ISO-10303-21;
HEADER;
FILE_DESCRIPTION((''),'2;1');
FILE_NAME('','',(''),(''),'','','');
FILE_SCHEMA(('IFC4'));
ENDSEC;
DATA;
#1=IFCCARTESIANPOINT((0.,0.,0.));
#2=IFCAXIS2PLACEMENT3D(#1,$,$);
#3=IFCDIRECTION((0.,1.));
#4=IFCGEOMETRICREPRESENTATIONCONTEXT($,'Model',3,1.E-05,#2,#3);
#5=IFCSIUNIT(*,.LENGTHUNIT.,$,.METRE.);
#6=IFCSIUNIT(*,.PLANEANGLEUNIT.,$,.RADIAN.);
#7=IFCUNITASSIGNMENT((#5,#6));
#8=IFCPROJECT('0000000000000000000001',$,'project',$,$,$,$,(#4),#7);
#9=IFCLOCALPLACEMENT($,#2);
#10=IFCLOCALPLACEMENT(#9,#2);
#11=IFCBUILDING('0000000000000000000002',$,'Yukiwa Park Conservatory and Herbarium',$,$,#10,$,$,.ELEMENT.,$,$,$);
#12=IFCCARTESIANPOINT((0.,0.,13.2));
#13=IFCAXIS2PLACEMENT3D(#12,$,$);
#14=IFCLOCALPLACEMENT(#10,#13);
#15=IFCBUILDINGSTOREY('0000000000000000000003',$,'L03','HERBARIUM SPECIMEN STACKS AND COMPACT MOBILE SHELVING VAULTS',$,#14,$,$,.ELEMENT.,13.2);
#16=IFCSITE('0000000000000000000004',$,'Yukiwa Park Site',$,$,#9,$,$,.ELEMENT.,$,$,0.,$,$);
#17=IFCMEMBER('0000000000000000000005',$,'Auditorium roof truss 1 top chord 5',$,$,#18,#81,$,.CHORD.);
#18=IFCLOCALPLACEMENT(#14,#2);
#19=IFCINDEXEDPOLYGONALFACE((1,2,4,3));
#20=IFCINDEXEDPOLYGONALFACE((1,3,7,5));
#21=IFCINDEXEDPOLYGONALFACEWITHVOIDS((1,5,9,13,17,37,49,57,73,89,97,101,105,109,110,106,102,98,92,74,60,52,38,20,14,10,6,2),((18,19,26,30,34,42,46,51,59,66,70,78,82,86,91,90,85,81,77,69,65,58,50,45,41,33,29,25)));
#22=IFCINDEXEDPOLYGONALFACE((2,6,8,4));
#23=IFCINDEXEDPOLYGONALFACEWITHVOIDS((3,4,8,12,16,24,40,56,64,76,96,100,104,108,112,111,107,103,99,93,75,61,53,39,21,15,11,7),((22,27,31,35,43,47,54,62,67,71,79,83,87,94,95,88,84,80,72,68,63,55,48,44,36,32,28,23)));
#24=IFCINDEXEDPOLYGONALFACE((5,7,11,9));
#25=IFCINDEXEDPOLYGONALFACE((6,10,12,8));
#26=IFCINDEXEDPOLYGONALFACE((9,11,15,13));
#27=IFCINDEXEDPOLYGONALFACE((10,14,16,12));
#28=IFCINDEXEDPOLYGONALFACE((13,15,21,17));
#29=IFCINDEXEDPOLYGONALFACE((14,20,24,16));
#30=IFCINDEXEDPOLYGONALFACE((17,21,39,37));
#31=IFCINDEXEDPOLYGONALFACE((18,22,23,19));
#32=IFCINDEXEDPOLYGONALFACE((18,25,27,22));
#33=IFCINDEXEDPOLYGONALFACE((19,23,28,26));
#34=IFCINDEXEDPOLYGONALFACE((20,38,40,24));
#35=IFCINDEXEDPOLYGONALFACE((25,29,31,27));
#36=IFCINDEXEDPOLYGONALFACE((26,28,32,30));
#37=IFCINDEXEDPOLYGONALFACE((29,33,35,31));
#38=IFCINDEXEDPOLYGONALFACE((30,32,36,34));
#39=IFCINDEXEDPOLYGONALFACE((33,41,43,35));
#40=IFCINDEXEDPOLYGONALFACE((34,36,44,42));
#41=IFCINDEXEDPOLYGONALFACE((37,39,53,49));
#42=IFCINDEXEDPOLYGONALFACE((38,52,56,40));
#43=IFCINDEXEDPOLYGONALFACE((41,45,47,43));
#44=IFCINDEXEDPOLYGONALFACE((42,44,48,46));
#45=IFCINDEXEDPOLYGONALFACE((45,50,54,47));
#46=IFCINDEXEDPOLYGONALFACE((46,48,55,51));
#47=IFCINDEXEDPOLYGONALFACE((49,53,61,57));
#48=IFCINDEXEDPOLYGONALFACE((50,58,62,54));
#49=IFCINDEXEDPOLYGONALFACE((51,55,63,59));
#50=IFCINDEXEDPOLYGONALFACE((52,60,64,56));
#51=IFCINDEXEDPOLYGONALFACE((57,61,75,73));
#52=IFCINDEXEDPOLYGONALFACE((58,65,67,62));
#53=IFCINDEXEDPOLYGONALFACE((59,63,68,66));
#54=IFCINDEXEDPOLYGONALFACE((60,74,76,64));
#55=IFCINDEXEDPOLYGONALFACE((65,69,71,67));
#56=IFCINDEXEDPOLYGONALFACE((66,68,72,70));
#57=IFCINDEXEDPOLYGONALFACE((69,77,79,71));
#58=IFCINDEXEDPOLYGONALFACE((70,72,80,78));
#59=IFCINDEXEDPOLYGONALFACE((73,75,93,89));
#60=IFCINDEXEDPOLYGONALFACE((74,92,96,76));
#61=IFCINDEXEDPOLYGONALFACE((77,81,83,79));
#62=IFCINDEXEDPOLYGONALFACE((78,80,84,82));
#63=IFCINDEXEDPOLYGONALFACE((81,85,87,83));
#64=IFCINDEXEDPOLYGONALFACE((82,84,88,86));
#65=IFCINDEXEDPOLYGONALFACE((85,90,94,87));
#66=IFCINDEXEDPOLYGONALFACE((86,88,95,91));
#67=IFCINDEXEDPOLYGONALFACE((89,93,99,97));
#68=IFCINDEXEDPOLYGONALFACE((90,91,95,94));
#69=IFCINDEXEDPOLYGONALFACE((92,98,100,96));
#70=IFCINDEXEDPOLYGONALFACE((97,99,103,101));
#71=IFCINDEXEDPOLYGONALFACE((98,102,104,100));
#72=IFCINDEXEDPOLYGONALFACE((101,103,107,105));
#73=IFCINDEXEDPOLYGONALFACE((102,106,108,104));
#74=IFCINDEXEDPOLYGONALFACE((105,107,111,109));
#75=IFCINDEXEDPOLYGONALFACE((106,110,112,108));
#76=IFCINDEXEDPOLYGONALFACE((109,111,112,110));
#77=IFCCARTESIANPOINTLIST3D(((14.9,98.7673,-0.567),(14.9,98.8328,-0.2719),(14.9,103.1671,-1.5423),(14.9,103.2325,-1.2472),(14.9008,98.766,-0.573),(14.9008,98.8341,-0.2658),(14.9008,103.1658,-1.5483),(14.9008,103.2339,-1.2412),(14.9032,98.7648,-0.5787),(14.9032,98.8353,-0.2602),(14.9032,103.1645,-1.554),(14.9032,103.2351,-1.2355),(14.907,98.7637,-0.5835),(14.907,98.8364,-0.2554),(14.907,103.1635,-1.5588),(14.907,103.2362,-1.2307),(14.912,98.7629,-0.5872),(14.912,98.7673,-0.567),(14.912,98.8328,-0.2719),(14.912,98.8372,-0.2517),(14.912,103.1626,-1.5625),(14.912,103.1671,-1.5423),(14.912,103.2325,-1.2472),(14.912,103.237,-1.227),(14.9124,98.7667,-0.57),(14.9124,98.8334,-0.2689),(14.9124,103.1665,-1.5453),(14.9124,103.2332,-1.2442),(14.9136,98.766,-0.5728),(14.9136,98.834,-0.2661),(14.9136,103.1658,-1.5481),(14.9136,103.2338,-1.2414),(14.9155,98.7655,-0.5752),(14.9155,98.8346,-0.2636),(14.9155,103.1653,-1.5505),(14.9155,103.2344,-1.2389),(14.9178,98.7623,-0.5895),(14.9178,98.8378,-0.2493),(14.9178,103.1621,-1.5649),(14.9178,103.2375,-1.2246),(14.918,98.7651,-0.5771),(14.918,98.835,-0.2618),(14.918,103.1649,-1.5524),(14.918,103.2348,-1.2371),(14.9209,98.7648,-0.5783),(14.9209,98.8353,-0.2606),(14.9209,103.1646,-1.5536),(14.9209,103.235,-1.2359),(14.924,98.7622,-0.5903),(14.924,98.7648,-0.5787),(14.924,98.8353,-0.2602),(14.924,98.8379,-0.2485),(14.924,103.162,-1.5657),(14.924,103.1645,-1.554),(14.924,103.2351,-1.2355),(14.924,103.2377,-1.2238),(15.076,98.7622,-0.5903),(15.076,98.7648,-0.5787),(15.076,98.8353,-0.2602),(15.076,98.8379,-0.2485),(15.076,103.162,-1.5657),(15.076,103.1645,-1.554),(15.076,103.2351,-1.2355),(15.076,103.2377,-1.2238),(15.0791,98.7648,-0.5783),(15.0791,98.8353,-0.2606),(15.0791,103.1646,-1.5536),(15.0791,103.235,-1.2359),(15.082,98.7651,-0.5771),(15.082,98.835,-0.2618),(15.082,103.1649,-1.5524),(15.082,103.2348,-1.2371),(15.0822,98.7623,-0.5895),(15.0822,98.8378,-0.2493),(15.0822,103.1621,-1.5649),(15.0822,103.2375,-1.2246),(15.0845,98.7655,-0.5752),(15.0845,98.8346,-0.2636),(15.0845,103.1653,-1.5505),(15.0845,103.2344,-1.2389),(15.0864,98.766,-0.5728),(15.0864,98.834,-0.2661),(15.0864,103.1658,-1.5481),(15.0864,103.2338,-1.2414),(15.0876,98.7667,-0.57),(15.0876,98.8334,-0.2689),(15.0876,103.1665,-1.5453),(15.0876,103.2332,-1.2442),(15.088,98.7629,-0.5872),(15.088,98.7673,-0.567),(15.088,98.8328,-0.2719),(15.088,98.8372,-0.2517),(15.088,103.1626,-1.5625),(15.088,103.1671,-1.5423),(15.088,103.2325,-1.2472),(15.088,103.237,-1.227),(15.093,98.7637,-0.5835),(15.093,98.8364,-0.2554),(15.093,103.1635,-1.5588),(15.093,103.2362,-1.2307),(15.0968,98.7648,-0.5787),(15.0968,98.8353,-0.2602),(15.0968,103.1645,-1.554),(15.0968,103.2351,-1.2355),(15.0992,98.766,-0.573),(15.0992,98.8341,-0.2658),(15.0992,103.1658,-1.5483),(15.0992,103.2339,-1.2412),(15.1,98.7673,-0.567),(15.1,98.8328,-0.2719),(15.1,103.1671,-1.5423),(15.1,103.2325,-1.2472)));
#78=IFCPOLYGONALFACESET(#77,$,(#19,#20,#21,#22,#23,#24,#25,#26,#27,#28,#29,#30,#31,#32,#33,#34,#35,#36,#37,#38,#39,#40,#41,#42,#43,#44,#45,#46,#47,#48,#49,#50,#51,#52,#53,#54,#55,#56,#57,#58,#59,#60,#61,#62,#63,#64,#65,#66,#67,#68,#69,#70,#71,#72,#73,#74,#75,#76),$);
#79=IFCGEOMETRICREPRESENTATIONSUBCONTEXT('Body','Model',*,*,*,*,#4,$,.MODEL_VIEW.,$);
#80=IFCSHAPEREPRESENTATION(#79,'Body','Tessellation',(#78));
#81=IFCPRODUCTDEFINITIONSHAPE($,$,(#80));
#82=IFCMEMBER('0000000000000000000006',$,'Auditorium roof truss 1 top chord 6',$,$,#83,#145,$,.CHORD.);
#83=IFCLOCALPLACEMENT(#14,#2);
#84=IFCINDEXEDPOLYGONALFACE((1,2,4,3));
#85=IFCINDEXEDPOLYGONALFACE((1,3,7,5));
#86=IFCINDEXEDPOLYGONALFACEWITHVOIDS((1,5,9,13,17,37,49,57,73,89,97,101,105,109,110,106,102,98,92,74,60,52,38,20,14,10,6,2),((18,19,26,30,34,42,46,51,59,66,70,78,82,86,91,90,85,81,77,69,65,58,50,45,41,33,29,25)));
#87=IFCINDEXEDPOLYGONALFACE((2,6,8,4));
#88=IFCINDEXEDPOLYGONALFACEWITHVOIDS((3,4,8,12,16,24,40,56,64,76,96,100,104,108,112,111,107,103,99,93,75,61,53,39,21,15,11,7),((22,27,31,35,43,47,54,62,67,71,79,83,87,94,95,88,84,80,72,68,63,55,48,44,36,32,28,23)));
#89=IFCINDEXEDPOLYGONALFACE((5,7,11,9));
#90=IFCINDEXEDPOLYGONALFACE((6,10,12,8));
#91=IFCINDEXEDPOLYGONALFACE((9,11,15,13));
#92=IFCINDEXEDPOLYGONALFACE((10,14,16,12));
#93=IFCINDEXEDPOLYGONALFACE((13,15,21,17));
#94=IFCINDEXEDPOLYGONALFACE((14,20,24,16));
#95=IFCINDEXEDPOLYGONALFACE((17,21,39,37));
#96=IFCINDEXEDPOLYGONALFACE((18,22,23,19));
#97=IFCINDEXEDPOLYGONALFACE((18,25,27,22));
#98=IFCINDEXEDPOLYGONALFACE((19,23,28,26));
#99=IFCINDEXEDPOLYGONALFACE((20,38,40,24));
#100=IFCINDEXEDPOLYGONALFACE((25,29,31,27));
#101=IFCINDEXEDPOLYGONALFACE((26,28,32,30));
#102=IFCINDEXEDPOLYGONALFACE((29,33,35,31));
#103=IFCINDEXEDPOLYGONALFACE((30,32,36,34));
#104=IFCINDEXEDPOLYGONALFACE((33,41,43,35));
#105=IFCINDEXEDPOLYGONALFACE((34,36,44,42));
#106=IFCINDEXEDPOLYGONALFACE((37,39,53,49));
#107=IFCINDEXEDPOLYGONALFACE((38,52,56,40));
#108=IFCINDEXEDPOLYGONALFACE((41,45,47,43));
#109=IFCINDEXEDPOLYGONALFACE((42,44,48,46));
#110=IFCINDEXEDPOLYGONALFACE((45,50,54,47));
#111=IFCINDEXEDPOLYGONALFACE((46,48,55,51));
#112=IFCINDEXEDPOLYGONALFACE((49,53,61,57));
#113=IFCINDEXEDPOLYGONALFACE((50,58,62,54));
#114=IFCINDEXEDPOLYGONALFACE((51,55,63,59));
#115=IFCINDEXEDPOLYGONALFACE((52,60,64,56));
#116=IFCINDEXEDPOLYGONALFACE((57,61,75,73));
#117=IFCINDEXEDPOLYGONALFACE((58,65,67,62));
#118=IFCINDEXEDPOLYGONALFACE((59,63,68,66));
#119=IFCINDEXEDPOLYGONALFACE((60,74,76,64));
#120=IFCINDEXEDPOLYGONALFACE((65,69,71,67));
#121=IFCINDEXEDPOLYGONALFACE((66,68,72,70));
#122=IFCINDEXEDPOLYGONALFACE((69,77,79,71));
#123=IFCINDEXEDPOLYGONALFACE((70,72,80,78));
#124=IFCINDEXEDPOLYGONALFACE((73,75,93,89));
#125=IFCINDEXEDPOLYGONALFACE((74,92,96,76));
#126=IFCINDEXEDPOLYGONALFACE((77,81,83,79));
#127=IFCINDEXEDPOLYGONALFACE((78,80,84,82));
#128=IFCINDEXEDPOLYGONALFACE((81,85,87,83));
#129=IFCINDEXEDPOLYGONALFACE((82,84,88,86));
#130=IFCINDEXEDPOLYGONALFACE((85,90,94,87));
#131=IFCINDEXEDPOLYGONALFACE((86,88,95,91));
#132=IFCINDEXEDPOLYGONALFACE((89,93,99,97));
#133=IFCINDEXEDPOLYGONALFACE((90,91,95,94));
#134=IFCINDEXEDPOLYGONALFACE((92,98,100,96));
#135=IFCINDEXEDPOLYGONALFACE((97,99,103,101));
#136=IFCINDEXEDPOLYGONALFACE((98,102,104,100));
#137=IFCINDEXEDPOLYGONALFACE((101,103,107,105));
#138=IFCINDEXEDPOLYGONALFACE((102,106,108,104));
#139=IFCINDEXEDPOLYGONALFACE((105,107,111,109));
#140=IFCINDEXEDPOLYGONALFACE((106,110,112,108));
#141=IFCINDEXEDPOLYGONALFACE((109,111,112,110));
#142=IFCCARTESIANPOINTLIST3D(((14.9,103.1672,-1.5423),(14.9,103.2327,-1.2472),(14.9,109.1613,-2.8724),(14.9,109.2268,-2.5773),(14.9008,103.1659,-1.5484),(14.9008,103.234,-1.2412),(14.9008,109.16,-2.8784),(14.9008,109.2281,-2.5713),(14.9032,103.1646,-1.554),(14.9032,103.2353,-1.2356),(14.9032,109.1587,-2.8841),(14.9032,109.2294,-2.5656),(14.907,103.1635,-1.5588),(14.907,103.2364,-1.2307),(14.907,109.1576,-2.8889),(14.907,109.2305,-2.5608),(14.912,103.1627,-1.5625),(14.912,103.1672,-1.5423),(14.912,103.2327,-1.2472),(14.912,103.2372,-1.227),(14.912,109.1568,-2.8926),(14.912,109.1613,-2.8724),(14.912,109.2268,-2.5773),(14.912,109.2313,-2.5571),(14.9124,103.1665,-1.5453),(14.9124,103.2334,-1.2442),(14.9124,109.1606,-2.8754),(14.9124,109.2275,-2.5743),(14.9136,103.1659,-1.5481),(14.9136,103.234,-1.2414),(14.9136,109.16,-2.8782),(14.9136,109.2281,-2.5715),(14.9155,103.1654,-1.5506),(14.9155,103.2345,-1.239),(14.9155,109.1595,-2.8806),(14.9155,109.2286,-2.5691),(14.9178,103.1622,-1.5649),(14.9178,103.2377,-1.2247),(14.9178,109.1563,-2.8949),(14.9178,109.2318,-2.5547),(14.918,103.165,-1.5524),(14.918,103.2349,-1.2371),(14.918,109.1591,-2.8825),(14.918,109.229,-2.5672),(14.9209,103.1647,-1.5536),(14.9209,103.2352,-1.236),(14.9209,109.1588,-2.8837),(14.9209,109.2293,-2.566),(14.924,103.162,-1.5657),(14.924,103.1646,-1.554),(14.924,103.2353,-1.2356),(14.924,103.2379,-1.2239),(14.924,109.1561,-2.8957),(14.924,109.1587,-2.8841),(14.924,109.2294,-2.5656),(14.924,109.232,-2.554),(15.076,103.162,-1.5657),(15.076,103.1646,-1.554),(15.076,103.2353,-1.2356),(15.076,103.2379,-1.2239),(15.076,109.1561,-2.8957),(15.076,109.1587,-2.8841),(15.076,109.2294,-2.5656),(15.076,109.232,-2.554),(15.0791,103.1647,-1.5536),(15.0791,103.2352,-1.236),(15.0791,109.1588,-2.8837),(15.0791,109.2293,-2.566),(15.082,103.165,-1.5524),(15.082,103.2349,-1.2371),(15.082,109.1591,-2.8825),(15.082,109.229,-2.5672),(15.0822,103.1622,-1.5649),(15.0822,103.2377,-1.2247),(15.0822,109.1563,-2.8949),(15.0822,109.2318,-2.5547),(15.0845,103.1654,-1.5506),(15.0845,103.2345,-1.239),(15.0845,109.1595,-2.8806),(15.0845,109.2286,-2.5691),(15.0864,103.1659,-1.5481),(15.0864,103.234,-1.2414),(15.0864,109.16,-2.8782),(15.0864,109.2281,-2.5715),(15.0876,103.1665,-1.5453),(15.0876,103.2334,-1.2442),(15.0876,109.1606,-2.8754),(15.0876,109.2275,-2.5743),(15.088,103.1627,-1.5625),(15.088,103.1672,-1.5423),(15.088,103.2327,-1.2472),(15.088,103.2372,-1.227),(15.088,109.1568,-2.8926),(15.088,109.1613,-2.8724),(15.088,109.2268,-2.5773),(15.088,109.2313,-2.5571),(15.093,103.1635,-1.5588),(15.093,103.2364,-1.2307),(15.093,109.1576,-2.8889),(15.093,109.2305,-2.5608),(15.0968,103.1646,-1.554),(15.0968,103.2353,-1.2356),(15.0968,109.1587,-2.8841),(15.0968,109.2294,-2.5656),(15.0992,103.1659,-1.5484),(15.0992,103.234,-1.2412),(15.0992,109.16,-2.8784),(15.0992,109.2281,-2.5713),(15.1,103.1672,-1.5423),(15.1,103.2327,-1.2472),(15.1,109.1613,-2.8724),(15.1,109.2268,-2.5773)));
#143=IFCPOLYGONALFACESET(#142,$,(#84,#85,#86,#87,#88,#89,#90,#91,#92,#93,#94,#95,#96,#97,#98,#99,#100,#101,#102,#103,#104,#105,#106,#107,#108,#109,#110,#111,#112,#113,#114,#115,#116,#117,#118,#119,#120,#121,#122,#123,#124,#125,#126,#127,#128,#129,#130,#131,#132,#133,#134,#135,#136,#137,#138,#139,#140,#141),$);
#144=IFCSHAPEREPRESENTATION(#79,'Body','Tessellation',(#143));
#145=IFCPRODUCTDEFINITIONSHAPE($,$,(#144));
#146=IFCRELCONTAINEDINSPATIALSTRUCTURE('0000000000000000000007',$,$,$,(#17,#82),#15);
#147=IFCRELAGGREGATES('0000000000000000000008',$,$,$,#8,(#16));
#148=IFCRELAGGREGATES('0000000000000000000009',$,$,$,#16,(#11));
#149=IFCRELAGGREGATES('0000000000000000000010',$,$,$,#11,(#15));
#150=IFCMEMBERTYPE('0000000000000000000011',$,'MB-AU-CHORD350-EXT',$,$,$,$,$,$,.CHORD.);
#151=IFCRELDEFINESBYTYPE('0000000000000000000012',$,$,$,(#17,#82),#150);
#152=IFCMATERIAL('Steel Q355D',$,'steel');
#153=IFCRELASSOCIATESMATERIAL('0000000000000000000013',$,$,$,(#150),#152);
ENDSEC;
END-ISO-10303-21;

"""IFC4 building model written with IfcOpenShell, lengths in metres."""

from ifc_helpers import new_model, si_unit, direction, frame, origin, origin_2d, place, context, subcontext, project, spatial, hollow_rectangle, extrude, material, material_profile, profile_set, type_object, element, save


model = new_model("IFC4")

# Units and contexts
model_context = context("Model", 3, precision=1e-05, world=origin(), true_north=direction((0.0, 1.0)))
body_context = subcontext(model_context, "Body", "Model", "MODEL_VIEW")
ifc_project = project(units=[si_unit("LENGTHUNIT", "METRE"), si_unit("PLANEANGLEUNIT", "RADIAN")], contexts=[model_context])

# Site, building, storey
site_placement = place(None, origin())
site = spatial("IfcSite", under=ifc_project, at=site_placement, Name="Yukiwa Park Site", CompositionType="ELEMENT", RefElevation=0.0)
building_placement = place(site_placement, origin())
building = spatial("IfcBuilding", under=site, at=building_placement, Name="Yukiwa Park Conservatory and Herbarium", CompositionType="ELEMENT")
storey_placement = place(building_placement, frame((0.0, 0.0, 13.2)))
storey = spatial("IfcBuildingStorey", under=building, at=storey_placement, Name="L03", Description="HERBARIUM SPECIMEN STACKS AND COMPACT MOBILE SHELVING VAULTS", CompositionType="ELEMENT", Elevation=13.2)

# Members
ifc_material_1 = material(Name="Steel Q355D", Category="steel")
ifc_material_profile_1 = material_profile(ifc_material_1, hollow_rectangle(XDim=0.2, YDim=0.3501, WallThickness=0.012, InnerFilletRadius=0.012, OuterFilletRadius=0.0239, at=origin_2d()), Name="RHS 350x200x12")
ifc_profile_set_1 = profile_set([ifc_material_profile_1], Name="Steel Q355D")
member_type_1 = type_object("IfcMemberType", Name="MB-AU-CHORD350-EXT", PredefinedType="CHORD", material=ifc_profile_set_1)
member_1_placement = place(storey_placement, frame((15.0, 98.8, -0.4194), z_axis=(0.0, 0.9763, -0.21642), x_axis=(-1.0, 0.0, 0.0)))
element("IfcMember", 1, at=member_1_placement, inside=storey, type_object=member_type_1, Name="Auditorium roof truss 1 top chord 5", PredefinedType="CHORD", context=body_context, shape_type="SweptSolid", body=[
    extrude(hollow_rectangle(XDim=0.2, YDim=0.3501, WallThickness=0.012, InnerFilletRadius=0.012, OuterFilletRadius=0.0239, at=origin_2d()), origin(), (0.0, 0.0, 1.0), 4.5066),
])
member_2_placement = place(storey_placement, frame((15.0, 103.2, -1.3948), z_axis=(0.0, 0.976254, -0.216627), x_axis=(-1.0, 0.0, 0.0)))
element("IfcMember", 2, at=member_2_placement, inside=storey, type_object=member_type_1, Name="Auditorium roof truss 1 top chord 6", PredefinedType="CHORD", context=body_context, shape_type="SweptSolid", body=[
    extrude(hollow_rectangle(XDim=0.2, YDim=0.3501, WallThickness=0.012, InnerFilletRadius=0.012, OuterFilletRadius=0.0239, at=origin_2d()), origin(), (0.0, 0.0, 1.0), 6.1399),
])

save(model, "model.ifc")
